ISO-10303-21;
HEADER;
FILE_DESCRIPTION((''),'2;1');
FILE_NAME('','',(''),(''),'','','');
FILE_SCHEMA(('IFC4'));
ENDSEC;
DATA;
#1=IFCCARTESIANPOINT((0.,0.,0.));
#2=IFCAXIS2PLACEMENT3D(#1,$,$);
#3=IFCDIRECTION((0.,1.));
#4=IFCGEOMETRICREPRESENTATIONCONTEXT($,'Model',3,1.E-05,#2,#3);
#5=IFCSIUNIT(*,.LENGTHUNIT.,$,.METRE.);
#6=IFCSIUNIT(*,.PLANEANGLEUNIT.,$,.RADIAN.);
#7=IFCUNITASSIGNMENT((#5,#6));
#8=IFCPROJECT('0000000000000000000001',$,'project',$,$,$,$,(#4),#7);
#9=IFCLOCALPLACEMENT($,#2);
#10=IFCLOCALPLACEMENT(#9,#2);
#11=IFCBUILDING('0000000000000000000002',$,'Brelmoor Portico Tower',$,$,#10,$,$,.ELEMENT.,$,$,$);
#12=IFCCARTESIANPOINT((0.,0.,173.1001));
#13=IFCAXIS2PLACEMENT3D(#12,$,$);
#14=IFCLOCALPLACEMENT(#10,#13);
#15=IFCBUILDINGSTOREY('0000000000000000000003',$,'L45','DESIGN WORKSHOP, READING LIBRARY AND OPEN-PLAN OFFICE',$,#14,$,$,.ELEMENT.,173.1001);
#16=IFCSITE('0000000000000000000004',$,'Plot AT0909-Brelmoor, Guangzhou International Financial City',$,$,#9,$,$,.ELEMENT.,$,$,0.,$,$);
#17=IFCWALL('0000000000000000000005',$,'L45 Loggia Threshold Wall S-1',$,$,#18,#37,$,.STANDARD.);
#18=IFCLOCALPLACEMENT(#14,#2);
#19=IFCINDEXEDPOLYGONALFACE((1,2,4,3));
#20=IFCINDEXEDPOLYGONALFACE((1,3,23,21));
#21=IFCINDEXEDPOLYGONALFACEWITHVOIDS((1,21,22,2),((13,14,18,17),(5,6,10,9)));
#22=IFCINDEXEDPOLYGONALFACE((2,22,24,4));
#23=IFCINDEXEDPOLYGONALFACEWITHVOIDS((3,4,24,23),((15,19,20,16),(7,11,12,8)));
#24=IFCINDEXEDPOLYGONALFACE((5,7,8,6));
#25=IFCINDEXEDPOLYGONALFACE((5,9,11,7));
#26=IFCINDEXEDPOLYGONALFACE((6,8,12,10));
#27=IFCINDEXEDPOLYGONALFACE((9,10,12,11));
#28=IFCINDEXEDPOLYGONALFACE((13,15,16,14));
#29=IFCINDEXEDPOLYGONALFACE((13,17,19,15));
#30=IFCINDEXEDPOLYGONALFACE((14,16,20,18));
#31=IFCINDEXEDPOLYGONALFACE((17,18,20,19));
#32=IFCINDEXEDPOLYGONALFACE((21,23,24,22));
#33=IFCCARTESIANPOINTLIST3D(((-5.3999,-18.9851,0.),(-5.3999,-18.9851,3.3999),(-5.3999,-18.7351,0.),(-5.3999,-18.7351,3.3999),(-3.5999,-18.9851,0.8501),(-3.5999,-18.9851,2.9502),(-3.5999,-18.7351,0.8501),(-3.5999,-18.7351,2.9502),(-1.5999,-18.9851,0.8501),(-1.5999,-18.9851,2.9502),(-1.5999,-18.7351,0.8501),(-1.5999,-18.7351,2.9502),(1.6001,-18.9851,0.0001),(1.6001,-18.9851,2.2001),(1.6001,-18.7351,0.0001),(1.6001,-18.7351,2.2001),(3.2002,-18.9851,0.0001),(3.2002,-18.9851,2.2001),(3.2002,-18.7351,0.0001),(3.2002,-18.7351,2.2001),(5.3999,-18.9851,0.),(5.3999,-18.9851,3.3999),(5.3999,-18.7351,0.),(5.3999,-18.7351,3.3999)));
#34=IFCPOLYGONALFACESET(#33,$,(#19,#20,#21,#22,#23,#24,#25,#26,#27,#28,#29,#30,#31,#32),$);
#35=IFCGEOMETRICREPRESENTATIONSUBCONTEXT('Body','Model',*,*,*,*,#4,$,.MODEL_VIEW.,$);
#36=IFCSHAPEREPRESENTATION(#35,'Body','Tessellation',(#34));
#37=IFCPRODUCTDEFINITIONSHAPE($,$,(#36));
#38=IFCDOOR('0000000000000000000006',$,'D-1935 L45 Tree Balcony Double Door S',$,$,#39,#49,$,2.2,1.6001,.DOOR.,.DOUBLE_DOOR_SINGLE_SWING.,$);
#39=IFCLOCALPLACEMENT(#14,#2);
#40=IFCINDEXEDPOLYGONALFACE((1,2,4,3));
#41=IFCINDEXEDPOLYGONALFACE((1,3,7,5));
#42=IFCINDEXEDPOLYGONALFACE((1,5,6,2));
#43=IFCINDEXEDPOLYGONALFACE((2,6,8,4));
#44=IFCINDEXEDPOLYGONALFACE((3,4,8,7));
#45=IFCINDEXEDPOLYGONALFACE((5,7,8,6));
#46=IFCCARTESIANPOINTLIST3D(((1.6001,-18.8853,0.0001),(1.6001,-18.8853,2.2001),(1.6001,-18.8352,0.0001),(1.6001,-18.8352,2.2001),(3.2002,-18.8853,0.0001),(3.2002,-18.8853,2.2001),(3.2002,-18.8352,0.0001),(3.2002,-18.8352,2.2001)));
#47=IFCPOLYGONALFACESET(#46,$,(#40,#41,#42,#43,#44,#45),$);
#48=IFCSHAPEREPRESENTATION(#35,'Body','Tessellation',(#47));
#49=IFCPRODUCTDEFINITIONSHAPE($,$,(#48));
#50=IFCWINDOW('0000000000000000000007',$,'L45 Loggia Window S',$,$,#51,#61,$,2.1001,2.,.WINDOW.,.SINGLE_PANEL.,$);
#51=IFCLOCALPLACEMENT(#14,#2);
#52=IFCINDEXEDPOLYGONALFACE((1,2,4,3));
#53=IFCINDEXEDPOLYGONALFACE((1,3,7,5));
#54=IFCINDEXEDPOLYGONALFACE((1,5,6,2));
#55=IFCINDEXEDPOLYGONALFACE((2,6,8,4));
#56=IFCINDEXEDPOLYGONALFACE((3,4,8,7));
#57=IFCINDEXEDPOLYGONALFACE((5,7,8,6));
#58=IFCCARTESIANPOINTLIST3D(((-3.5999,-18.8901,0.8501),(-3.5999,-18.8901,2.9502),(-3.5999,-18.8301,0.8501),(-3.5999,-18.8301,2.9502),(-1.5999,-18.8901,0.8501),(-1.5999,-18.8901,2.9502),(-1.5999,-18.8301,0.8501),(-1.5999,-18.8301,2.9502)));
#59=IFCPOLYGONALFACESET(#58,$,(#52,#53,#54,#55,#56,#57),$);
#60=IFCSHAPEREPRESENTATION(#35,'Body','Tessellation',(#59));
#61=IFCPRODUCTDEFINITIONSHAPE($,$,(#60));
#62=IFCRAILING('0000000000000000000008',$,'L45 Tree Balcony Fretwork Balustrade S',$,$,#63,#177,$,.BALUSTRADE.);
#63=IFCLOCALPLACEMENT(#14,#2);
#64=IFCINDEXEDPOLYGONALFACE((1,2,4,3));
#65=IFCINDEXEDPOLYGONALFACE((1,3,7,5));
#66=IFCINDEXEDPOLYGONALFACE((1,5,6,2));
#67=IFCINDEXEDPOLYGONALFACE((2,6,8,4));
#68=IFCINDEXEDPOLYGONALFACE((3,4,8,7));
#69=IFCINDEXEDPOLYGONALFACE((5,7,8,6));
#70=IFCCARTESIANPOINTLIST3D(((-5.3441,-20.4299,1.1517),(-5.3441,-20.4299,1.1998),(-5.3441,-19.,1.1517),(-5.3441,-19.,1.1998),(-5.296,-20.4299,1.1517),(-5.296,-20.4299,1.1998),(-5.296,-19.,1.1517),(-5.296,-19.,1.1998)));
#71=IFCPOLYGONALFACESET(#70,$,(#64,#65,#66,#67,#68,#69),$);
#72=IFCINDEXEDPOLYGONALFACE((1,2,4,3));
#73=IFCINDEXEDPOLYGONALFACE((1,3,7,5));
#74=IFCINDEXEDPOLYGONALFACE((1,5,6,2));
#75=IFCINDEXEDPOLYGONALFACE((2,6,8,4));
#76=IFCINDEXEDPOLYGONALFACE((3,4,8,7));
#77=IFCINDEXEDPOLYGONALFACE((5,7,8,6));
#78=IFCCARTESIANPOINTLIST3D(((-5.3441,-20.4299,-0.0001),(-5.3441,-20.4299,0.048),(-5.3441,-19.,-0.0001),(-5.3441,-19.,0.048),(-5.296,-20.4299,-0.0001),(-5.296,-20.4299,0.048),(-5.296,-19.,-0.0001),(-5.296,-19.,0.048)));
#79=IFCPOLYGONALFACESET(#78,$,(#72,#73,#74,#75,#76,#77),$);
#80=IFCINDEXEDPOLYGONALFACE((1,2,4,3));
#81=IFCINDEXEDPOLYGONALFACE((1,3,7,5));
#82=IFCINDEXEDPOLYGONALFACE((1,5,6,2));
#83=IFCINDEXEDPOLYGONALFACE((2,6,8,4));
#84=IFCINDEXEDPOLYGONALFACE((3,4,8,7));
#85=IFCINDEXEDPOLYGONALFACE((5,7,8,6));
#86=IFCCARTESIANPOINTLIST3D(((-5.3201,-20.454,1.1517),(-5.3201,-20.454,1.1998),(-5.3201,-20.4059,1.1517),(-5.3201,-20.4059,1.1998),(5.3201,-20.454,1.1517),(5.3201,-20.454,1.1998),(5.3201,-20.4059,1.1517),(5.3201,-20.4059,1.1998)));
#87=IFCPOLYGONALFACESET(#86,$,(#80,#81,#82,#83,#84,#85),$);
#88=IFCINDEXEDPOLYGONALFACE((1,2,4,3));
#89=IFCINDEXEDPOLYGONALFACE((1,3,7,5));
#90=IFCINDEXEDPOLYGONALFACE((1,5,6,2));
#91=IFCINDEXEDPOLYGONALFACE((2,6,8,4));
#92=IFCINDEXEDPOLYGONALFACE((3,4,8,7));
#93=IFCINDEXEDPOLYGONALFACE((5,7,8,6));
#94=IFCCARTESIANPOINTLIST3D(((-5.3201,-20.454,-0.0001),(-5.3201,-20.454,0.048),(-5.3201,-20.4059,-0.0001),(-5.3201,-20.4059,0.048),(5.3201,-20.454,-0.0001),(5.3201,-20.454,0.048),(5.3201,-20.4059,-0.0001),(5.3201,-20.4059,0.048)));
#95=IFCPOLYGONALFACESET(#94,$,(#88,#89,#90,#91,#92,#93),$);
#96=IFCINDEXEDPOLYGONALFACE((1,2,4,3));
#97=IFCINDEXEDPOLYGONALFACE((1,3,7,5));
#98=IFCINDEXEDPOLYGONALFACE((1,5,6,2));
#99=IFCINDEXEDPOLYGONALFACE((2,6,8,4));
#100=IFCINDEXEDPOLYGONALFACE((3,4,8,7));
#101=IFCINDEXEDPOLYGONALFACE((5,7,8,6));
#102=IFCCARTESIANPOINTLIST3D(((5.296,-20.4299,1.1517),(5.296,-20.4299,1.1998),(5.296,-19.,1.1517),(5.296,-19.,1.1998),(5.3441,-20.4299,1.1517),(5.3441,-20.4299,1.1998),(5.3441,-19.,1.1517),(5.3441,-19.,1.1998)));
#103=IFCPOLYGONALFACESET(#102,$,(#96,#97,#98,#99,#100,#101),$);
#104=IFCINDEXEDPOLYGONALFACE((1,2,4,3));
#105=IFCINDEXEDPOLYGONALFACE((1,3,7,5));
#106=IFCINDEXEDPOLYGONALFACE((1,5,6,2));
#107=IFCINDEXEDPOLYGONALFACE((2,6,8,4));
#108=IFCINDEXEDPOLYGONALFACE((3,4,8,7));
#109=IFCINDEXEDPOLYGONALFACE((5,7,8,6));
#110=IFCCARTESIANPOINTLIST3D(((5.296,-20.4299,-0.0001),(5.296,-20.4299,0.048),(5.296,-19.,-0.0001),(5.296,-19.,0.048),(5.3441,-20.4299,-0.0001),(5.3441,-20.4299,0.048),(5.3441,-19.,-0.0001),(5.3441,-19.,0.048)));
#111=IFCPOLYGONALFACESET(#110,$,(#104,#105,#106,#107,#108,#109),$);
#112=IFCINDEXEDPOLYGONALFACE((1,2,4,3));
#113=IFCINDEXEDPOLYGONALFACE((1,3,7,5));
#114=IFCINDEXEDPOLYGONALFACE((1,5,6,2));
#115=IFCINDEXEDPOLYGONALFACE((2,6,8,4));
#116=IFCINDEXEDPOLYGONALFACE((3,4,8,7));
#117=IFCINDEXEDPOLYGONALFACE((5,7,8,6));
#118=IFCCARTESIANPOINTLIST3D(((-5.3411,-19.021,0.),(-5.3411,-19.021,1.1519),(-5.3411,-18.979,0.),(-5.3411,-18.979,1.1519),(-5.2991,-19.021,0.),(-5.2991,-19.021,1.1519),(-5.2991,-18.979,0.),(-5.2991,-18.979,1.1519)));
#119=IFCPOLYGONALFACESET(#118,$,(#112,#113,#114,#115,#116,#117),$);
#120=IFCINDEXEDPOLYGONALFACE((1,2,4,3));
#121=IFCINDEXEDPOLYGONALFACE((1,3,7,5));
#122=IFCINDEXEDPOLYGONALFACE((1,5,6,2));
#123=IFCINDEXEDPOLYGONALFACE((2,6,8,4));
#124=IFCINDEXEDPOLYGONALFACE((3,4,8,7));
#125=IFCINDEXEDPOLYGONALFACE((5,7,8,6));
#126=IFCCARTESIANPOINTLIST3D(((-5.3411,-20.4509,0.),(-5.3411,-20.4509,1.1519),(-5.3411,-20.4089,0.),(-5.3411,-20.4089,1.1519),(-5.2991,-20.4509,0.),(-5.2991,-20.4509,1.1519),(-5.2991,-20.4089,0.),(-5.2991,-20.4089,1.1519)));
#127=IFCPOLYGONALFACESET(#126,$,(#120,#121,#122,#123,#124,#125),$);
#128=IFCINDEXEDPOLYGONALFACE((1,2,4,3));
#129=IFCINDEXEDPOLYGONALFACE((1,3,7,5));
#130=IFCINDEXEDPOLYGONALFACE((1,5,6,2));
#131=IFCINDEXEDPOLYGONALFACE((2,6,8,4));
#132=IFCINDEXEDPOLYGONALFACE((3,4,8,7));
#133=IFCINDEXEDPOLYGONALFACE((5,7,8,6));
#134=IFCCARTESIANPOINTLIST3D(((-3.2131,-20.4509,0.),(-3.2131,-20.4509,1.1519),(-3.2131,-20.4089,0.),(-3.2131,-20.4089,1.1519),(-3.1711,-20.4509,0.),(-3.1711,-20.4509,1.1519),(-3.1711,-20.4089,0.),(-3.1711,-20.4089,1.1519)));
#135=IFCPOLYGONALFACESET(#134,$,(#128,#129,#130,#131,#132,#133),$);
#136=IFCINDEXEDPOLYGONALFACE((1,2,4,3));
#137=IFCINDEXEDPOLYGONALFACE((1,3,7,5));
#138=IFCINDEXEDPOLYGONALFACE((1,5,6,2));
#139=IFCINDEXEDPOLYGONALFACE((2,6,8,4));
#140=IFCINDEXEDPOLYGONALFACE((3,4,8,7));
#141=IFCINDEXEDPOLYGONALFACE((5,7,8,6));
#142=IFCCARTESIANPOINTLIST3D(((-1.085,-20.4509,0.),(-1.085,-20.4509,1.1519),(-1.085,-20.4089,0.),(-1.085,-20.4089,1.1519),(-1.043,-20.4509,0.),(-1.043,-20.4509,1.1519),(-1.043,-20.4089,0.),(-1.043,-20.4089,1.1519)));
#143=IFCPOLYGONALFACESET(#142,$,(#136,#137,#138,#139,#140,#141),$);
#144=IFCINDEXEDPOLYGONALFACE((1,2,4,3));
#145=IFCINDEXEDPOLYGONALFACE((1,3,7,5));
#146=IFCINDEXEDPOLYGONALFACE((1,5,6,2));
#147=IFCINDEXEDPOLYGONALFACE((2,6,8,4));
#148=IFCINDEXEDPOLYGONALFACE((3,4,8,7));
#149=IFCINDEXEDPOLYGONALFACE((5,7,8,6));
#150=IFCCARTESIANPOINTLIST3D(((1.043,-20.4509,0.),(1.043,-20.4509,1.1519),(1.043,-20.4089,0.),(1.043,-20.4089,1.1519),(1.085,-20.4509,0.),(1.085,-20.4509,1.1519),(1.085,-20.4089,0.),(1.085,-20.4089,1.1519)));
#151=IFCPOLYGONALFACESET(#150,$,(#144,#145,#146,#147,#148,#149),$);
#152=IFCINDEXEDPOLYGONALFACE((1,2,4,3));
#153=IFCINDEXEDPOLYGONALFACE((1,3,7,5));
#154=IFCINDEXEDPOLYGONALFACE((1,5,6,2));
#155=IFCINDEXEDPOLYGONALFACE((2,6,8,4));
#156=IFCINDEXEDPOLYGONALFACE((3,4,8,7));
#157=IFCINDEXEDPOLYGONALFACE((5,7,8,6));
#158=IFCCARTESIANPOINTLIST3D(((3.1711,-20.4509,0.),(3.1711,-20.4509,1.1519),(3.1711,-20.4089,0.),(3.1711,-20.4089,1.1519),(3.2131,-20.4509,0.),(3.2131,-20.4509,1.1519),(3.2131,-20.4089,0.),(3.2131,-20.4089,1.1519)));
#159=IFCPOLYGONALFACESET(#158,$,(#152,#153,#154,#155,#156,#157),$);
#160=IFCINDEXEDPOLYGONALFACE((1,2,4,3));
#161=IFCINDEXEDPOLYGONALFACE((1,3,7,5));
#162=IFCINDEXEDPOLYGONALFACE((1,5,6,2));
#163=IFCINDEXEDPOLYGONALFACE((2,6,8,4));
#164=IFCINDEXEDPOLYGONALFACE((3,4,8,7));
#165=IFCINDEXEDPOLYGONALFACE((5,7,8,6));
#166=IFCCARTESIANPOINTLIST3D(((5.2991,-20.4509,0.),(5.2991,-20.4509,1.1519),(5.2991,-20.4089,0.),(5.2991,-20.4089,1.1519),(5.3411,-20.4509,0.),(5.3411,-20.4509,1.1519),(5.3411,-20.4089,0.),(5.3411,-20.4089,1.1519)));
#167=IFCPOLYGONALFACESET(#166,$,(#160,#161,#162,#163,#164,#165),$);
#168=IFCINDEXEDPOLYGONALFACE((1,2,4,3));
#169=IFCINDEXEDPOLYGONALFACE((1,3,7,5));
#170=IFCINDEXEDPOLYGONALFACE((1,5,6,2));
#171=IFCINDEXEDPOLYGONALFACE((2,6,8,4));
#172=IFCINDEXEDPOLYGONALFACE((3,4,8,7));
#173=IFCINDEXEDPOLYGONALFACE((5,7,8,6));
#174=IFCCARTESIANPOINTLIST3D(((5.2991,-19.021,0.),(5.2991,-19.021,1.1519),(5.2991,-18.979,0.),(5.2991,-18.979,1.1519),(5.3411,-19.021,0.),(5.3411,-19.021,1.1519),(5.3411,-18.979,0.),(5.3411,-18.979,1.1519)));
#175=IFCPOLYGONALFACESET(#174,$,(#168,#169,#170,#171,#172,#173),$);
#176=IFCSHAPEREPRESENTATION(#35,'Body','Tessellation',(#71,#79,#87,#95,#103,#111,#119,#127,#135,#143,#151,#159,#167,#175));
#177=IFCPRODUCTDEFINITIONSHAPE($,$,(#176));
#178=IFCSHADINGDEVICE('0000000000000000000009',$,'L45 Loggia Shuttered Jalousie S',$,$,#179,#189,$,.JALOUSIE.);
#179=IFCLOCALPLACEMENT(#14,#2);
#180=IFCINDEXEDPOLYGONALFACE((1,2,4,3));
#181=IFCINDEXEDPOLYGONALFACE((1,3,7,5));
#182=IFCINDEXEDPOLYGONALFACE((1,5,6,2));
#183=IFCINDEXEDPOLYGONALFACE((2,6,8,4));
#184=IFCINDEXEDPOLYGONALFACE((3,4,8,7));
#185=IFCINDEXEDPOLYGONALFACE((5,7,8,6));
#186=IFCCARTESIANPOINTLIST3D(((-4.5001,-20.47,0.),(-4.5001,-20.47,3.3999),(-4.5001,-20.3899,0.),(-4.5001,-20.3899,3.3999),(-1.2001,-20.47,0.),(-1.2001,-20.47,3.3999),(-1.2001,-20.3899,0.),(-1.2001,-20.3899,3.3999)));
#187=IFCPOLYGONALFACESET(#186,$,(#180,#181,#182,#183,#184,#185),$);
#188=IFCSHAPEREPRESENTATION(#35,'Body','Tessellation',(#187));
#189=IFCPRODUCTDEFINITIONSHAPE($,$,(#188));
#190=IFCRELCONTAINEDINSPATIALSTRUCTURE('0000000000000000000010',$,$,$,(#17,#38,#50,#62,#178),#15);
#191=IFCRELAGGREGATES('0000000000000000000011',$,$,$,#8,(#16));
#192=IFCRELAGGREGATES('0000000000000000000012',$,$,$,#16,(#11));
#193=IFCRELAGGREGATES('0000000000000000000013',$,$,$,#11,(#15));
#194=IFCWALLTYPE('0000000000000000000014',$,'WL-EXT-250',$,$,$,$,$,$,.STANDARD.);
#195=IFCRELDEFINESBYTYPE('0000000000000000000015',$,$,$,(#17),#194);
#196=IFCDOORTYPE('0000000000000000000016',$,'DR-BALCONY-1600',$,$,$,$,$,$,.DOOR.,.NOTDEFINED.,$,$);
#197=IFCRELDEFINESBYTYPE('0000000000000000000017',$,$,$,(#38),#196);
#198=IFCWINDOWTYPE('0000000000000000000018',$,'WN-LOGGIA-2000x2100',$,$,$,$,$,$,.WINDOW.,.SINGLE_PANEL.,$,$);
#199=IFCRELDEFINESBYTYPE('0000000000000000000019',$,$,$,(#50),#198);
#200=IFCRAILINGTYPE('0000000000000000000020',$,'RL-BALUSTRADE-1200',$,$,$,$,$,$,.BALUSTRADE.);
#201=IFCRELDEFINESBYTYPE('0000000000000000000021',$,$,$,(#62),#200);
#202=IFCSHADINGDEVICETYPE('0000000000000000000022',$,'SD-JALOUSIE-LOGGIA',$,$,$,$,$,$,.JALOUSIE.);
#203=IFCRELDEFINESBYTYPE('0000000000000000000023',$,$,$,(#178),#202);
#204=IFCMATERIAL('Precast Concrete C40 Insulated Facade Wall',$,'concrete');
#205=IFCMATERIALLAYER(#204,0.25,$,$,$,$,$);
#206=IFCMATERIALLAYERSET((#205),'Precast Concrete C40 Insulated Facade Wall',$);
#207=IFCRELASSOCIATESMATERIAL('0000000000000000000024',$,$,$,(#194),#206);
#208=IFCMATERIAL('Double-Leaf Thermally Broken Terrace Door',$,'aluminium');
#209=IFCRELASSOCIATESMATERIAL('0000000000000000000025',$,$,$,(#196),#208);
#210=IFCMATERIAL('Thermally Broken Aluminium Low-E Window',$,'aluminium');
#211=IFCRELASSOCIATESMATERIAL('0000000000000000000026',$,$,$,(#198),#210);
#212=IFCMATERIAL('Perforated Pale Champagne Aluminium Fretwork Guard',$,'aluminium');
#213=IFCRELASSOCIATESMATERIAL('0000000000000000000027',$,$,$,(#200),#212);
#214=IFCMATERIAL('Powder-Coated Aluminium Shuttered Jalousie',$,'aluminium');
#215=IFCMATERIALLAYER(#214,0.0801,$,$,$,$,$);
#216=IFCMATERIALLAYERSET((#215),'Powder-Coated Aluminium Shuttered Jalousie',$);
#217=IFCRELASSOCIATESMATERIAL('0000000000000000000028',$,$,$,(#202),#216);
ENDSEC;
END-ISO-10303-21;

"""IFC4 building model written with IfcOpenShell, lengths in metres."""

from ifc_helpers import new_model, si_unit, direction, frame, frame_2d, origin, origin_2d, place, context, subcontext, project, spatial, rectangle, extrude, material, layer, layer_set, type_object, element, fill, save


model = new_model("IFC4")

# Units and contexts
model_context = context("Model", 3, precision=1e-05, world=origin(), true_north=direction((0.0, 1.0)))
body_context = subcontext(model_context, "Body", "Model", "MODEL_VIEW")
ifc_project = project(units=[si_unit("LENGTHUNIT", "METRE"), si_unit("PLANEANGLEUNIT", "RADIAN")], contexts=[model_context])

# Site, building, storey
site_placement = place(None, origin())
site = spatial("IfcSite", under=ifc_project, at=site_placement, Name="Plot AT0909-Brelmoor, Guangzhou International Financial City", CompositionType="ELEMENT", RefElevation=0.0)
building_placement = place(site_placement, origin())
building = spatial("IfcBuilding", under=site, at=building_placement, Name="Brelmoor Portico Tower", CompositionType="ELEMENT")
storey_placement = place(building_placement, frame((0.0, 0.0, 173.1001)))
storey = spatial("IfcBuildingStorey", under=building, at=storey_placement, Name="L45", Description="DESIGN WORKSHOP, READING LIBRARY AND OPEN-PLAN OFFICE", CompositionType="ELEMENT", Elevation=173.1001)

# Wall, openings, door, window
ifc_material_1 = material(Name="Precast Concrete C40 Insulated Facade Wall", Category="concrete")
ifc_layer_1 = layer(ifc_material_1, 0.25)
ifc_layer_set_1 = layer_set([ifc_layer_1], Name="Precast Concrete C40 Insulated Facade Wall")
wall_type = type_object("IfcWallType", Name="WL-EXT-250", PredefinedType="STANDARD", material=ifc_layer_set_1)
wall_placement = place(storey_placement, frame((-5.3999, -18.8601, 0.0), z_axis=(0.0, 0.0, 1.0), x_axis=(1.0, 0.0, 0.0)))
wall = element("IfcWall", 1, at=wall_placement, inside=storey, type_object=wall_type, Name="L45 Loggia Threshold Wall S-1", PredefinedType="STANDARD", context=body_context, shape_type="SweptSolid", body=[
    extrude(rectangle(XDim=10.7998, YDim=0.25, at=frame_2d((5.3999, 0.0))), origin(), (0.0, 0.0, 1.0), 3.3999),
])
opening_1_placement = place(wall_placement, frame((7.0, 0.0, 0.0)))
opening_1 = element("IfcOpeningElement", 2, at=opening_1_placement, cuts=wall, PredefinedType="OPENING", context=body_context, shape_type="SweptSolid", body=[
    extrude(rectangle(XDim=1.6001, YDim=2.2, at=frame_2d((0.8, 1.1001))), frame((0.0, 0.135, 0.0), z_axis=(0.0, -1.0, 0.0), x_axis=(1.0, 0.0, 0.0)), (0.0, 0.0, 1.0), 0.27),
])
opening_2_placement = place(wall_placement, frame((1.8, 0.0, 0.8501)))
opening_2 = element("IfcOpeningElement", 3, at=opening_2_placement, cuts=wall, PredefinedType="OPENING", context=body_context, shape_type="SweptSolid", body=[
    extrude(rectangle(XDim=2.0, YDim=2.1001, at=frame_2d((1.0, 1.05))), frame((0.0, 0.135, 0.0), z_axis=(0.0, -1.0, 0.0), x_axis=(1.0, 0.0, 0.0)), (0.0, 0.0, 1.0), 0.27),
])
ifc_material_2 = material(Name="Double-Leaf Thermally Broken Terrace Door", Category="aluminium")
door_type = type_object("IfcDoorType", Name="DR-BALCONY-1600", OperationType="NOTDEFINED", PredefinedType="DOOR", material=ifc_material_2)
door_placement = place(opening_1_placement, origin())
door = element("IfcDoor", 4, at=door_placement, inside=storey, type_object=door_type, Name="D-1935 L45 Tree Balcony Double Door S", OperationType="DOUBLE_DOOR_SINGLE_SWING", OverallHeight=2.2, OverallWidth=1.6001, PredefinedType="DOOR", context=body_context, shape_type="SweptSolid", body=[
    extrude(rectangle(XDim=1.6001, YDim=2.2, at=frame_2d((0.8, 1.1001))), frame((0.0, 0.0249, 0.0), z_axis=(0.0, -1.0, 0.0), x_axis=(1.0, 0.0, 0.0)), (0.0, 0.0, 1.0), 0.05),
])
fill(opening_1, door)
ifc_material_3 = material(Name="Thermally Broken Aluminium Low-E Window", Category="aluminium")
window_type = type_object("IfcWindowType", Name="WN-LOGGIA-2000x2100", PartitioningType="SINGLE_PANEL", PredefinedType="WINDOW", material=ifc_material_3)
window_placement = place(opening_2_placement, origin())
window = element("IfcWindow", 5, at=window_placement, inside=storey, type_object=window_type, Name="L45 Loggia Window S", OverallHeight=2.1001, OverallWidth=2.0, PartitioningType="SINGLE_PANEL", PredefinedType="WINDOW", context=body_context, shape_type="SweptSolid", body=[
    extrude(rectangle(XDim=2.0, YDim=2.1001, at=frame_2d((1.0, 1.05))), frame((0.0, 0.03, 0.0), z_axis=(0.0, -1.0, 0.0), x_axis=(1.0, 0.0, 0.0)), (0.0, 0.0, 1.0), 0.0601),
])
fill(opening_2, window)

# Railing
ifc_material_4 = material(Name="Perforated Pale Champagne Aluminium Fretwork Guard", Category="aluminium")
railing_type = type_object("IfcRailingType", Name="RL-BALUSTRADE-1200", PredefinedType="BALUSTRADE", material=ifc_material_4)
railing_placement = place(storey_placement, frame((-5.3201, -19.0, 0.0)))
element("IfcRailing", 6, at=railing_placement, inside=storey, type_object=railing_type, Name="L45 Tree Balcony Fretwork Balustrade S", PredefinedType="BALUSTRADE", context=body_context, shape_type="SweptSolid", body=[
    extrude(rectangle(XDim=0.0481, YDim=0.0481, at=origin_2d()), frame((0.0, 0.0, 1.1758), z_axis=(0.0, -1.0, 0.0), x_axis=(1.0, 0.0, 0.0)), (0.0, 0.0, 1.0), 1.4299),
    extrude(rectangle(XDim=0.0481, YDim=0.0481, at=origin_2d()), frame((0.0, 0.0, 0.0239), z_axis=(0.0, -1.0, 0.0), x_axis=(1.0, 0.0, 0.0)), (0.0, 0.0, 1.0), 1.4299),
    extrude(rectangle(XDim=0.0481, YDim=0.0481, at=origin_2d()), frame((0.0, -1.4299, 1.1758), z_axis=(1.0, 0.0, 0.0), x_axis=(0.0, 1.0, 0.0)), (0.0, 0.0, 1.0), 10.6401),
    extrude(rectangle(XDim=0.0481, YDim=0.0481, at=origin_2d()), frame((0.0, -1.4299, 0.0239), z_axis=(1.0, 0.0, 0.0), x_axis=(0.0, 1.0, 0.0)), (0.0, 0.0, 1.0), 10.6401),
    extrude(rectangle(XDim=0.0481, YDim=0.0481, at=origin_2d()), frame((10.6401, -1.4299, 1.1758), z_axis=(0.0, 1.0, 0.0), x_axis=(-1.0, 0.0, 0.0)), (0.0, 0.0, 1.0), 1.4299),
    extrude(rectangle(XDim=0.0481, YDim=0.0481, at=origin_2d()), frame((10.6401, -1.4299, 0.0239), z_axis=(0.0, 1.0, 0.0), x_axis=(-1.0, 0.0, 0.0)), (0.0, 0.0, 1.0), 1.4299),
    extrude(rectangle(XDim=0.042, YDim=0.042, at=origin_2d()), origin(), (0.0, 0.0, 1.0), 1.1519),
    extrude(rectangle(XDim=0.042, YDim=0.042, at=origin_2d()), frame((0.0, -1.4299, 0.0)), (0.0, 0.0, 1.0), 1.1519),
    extrude(rectangle(XDim=0.042, YDim=0.042, at=origin_2d()), frame((2.1279, -1.4299, 0.0)), (0.0, 0.0, 1.0), 1.1519),
    extrude(rectangle(XDim=0.042, YDim=0.042, at=origin_2d()), frame((4.2561, -1.4299, 0.0)), (0.0, 0.0, 1.0), 1.1519),
    extrude(rectangle(XDim=0.042, YDim=0.042, at=origin_2d()), frame((6.384, -1.4299, 0.0)), (0.0, 0.0, 1.0), 1.1519),
    extrude(rectangle(XDim=0.042, YDim=0.042, at=origin_2d()), frame((8.5122, -1.4299, 0.0)), (0.0, 0.0, 1.0), 1.1519),
    extrude(rectangle(XDim=0.042, YDim=0.042, at=origin_2d()), frame((10.6401, -1.4299, 0.0)), (0.0, 0.0, 1.0), 1.1519),
    extrude(rectangle(XDim=0.042, YDim=0.042, at=origin_2d()), frame((10.6401, 0.0, 0.0)), (0.0, 0.0, 1.0), 1.1519),
])

# Shading device
ifc_material_5 = material(Name="Powder-Coated Aluminium Shuttered Jalousie", Category="aluminium")
ifc_layer_2 = layer(ifc_material_5, 0.0801)
ifc_layer_set_2 = layer_set([ifc_layer_2], Name="Powder-Coated Aluminium Shuttered Jalousie")
shading_device_type = type_object("IfcShadingDeviceType", Name="SD-JALOUSIE-LOGGIA", PredefinedType="JALOUSIE", material=ifc_layer_set_2)
shading_device_placement = place(storey_placement, frame((-2.8501, -20.4299, 0.0), z_axis=(0.0, 0.0, 1.0), x_axis=(1.0, 0.0, 0.0)))
element("IfcShadingDevice", 7, at=shading_device_placement, inside=storey, type_object=shading_device_type, Name="L45 Loggia Shuttered Jalousie S", PredefinedType="JALOUSIE", context=body_context, shape_type="SweptSolid", body=[
    extrude(rectangle(XDim=3.3, YDim=0.0801, at=origin_2d()), origin(), (0.0, 0.0, 1.0), 3.3999),
])

save(model, "model.ifc")
